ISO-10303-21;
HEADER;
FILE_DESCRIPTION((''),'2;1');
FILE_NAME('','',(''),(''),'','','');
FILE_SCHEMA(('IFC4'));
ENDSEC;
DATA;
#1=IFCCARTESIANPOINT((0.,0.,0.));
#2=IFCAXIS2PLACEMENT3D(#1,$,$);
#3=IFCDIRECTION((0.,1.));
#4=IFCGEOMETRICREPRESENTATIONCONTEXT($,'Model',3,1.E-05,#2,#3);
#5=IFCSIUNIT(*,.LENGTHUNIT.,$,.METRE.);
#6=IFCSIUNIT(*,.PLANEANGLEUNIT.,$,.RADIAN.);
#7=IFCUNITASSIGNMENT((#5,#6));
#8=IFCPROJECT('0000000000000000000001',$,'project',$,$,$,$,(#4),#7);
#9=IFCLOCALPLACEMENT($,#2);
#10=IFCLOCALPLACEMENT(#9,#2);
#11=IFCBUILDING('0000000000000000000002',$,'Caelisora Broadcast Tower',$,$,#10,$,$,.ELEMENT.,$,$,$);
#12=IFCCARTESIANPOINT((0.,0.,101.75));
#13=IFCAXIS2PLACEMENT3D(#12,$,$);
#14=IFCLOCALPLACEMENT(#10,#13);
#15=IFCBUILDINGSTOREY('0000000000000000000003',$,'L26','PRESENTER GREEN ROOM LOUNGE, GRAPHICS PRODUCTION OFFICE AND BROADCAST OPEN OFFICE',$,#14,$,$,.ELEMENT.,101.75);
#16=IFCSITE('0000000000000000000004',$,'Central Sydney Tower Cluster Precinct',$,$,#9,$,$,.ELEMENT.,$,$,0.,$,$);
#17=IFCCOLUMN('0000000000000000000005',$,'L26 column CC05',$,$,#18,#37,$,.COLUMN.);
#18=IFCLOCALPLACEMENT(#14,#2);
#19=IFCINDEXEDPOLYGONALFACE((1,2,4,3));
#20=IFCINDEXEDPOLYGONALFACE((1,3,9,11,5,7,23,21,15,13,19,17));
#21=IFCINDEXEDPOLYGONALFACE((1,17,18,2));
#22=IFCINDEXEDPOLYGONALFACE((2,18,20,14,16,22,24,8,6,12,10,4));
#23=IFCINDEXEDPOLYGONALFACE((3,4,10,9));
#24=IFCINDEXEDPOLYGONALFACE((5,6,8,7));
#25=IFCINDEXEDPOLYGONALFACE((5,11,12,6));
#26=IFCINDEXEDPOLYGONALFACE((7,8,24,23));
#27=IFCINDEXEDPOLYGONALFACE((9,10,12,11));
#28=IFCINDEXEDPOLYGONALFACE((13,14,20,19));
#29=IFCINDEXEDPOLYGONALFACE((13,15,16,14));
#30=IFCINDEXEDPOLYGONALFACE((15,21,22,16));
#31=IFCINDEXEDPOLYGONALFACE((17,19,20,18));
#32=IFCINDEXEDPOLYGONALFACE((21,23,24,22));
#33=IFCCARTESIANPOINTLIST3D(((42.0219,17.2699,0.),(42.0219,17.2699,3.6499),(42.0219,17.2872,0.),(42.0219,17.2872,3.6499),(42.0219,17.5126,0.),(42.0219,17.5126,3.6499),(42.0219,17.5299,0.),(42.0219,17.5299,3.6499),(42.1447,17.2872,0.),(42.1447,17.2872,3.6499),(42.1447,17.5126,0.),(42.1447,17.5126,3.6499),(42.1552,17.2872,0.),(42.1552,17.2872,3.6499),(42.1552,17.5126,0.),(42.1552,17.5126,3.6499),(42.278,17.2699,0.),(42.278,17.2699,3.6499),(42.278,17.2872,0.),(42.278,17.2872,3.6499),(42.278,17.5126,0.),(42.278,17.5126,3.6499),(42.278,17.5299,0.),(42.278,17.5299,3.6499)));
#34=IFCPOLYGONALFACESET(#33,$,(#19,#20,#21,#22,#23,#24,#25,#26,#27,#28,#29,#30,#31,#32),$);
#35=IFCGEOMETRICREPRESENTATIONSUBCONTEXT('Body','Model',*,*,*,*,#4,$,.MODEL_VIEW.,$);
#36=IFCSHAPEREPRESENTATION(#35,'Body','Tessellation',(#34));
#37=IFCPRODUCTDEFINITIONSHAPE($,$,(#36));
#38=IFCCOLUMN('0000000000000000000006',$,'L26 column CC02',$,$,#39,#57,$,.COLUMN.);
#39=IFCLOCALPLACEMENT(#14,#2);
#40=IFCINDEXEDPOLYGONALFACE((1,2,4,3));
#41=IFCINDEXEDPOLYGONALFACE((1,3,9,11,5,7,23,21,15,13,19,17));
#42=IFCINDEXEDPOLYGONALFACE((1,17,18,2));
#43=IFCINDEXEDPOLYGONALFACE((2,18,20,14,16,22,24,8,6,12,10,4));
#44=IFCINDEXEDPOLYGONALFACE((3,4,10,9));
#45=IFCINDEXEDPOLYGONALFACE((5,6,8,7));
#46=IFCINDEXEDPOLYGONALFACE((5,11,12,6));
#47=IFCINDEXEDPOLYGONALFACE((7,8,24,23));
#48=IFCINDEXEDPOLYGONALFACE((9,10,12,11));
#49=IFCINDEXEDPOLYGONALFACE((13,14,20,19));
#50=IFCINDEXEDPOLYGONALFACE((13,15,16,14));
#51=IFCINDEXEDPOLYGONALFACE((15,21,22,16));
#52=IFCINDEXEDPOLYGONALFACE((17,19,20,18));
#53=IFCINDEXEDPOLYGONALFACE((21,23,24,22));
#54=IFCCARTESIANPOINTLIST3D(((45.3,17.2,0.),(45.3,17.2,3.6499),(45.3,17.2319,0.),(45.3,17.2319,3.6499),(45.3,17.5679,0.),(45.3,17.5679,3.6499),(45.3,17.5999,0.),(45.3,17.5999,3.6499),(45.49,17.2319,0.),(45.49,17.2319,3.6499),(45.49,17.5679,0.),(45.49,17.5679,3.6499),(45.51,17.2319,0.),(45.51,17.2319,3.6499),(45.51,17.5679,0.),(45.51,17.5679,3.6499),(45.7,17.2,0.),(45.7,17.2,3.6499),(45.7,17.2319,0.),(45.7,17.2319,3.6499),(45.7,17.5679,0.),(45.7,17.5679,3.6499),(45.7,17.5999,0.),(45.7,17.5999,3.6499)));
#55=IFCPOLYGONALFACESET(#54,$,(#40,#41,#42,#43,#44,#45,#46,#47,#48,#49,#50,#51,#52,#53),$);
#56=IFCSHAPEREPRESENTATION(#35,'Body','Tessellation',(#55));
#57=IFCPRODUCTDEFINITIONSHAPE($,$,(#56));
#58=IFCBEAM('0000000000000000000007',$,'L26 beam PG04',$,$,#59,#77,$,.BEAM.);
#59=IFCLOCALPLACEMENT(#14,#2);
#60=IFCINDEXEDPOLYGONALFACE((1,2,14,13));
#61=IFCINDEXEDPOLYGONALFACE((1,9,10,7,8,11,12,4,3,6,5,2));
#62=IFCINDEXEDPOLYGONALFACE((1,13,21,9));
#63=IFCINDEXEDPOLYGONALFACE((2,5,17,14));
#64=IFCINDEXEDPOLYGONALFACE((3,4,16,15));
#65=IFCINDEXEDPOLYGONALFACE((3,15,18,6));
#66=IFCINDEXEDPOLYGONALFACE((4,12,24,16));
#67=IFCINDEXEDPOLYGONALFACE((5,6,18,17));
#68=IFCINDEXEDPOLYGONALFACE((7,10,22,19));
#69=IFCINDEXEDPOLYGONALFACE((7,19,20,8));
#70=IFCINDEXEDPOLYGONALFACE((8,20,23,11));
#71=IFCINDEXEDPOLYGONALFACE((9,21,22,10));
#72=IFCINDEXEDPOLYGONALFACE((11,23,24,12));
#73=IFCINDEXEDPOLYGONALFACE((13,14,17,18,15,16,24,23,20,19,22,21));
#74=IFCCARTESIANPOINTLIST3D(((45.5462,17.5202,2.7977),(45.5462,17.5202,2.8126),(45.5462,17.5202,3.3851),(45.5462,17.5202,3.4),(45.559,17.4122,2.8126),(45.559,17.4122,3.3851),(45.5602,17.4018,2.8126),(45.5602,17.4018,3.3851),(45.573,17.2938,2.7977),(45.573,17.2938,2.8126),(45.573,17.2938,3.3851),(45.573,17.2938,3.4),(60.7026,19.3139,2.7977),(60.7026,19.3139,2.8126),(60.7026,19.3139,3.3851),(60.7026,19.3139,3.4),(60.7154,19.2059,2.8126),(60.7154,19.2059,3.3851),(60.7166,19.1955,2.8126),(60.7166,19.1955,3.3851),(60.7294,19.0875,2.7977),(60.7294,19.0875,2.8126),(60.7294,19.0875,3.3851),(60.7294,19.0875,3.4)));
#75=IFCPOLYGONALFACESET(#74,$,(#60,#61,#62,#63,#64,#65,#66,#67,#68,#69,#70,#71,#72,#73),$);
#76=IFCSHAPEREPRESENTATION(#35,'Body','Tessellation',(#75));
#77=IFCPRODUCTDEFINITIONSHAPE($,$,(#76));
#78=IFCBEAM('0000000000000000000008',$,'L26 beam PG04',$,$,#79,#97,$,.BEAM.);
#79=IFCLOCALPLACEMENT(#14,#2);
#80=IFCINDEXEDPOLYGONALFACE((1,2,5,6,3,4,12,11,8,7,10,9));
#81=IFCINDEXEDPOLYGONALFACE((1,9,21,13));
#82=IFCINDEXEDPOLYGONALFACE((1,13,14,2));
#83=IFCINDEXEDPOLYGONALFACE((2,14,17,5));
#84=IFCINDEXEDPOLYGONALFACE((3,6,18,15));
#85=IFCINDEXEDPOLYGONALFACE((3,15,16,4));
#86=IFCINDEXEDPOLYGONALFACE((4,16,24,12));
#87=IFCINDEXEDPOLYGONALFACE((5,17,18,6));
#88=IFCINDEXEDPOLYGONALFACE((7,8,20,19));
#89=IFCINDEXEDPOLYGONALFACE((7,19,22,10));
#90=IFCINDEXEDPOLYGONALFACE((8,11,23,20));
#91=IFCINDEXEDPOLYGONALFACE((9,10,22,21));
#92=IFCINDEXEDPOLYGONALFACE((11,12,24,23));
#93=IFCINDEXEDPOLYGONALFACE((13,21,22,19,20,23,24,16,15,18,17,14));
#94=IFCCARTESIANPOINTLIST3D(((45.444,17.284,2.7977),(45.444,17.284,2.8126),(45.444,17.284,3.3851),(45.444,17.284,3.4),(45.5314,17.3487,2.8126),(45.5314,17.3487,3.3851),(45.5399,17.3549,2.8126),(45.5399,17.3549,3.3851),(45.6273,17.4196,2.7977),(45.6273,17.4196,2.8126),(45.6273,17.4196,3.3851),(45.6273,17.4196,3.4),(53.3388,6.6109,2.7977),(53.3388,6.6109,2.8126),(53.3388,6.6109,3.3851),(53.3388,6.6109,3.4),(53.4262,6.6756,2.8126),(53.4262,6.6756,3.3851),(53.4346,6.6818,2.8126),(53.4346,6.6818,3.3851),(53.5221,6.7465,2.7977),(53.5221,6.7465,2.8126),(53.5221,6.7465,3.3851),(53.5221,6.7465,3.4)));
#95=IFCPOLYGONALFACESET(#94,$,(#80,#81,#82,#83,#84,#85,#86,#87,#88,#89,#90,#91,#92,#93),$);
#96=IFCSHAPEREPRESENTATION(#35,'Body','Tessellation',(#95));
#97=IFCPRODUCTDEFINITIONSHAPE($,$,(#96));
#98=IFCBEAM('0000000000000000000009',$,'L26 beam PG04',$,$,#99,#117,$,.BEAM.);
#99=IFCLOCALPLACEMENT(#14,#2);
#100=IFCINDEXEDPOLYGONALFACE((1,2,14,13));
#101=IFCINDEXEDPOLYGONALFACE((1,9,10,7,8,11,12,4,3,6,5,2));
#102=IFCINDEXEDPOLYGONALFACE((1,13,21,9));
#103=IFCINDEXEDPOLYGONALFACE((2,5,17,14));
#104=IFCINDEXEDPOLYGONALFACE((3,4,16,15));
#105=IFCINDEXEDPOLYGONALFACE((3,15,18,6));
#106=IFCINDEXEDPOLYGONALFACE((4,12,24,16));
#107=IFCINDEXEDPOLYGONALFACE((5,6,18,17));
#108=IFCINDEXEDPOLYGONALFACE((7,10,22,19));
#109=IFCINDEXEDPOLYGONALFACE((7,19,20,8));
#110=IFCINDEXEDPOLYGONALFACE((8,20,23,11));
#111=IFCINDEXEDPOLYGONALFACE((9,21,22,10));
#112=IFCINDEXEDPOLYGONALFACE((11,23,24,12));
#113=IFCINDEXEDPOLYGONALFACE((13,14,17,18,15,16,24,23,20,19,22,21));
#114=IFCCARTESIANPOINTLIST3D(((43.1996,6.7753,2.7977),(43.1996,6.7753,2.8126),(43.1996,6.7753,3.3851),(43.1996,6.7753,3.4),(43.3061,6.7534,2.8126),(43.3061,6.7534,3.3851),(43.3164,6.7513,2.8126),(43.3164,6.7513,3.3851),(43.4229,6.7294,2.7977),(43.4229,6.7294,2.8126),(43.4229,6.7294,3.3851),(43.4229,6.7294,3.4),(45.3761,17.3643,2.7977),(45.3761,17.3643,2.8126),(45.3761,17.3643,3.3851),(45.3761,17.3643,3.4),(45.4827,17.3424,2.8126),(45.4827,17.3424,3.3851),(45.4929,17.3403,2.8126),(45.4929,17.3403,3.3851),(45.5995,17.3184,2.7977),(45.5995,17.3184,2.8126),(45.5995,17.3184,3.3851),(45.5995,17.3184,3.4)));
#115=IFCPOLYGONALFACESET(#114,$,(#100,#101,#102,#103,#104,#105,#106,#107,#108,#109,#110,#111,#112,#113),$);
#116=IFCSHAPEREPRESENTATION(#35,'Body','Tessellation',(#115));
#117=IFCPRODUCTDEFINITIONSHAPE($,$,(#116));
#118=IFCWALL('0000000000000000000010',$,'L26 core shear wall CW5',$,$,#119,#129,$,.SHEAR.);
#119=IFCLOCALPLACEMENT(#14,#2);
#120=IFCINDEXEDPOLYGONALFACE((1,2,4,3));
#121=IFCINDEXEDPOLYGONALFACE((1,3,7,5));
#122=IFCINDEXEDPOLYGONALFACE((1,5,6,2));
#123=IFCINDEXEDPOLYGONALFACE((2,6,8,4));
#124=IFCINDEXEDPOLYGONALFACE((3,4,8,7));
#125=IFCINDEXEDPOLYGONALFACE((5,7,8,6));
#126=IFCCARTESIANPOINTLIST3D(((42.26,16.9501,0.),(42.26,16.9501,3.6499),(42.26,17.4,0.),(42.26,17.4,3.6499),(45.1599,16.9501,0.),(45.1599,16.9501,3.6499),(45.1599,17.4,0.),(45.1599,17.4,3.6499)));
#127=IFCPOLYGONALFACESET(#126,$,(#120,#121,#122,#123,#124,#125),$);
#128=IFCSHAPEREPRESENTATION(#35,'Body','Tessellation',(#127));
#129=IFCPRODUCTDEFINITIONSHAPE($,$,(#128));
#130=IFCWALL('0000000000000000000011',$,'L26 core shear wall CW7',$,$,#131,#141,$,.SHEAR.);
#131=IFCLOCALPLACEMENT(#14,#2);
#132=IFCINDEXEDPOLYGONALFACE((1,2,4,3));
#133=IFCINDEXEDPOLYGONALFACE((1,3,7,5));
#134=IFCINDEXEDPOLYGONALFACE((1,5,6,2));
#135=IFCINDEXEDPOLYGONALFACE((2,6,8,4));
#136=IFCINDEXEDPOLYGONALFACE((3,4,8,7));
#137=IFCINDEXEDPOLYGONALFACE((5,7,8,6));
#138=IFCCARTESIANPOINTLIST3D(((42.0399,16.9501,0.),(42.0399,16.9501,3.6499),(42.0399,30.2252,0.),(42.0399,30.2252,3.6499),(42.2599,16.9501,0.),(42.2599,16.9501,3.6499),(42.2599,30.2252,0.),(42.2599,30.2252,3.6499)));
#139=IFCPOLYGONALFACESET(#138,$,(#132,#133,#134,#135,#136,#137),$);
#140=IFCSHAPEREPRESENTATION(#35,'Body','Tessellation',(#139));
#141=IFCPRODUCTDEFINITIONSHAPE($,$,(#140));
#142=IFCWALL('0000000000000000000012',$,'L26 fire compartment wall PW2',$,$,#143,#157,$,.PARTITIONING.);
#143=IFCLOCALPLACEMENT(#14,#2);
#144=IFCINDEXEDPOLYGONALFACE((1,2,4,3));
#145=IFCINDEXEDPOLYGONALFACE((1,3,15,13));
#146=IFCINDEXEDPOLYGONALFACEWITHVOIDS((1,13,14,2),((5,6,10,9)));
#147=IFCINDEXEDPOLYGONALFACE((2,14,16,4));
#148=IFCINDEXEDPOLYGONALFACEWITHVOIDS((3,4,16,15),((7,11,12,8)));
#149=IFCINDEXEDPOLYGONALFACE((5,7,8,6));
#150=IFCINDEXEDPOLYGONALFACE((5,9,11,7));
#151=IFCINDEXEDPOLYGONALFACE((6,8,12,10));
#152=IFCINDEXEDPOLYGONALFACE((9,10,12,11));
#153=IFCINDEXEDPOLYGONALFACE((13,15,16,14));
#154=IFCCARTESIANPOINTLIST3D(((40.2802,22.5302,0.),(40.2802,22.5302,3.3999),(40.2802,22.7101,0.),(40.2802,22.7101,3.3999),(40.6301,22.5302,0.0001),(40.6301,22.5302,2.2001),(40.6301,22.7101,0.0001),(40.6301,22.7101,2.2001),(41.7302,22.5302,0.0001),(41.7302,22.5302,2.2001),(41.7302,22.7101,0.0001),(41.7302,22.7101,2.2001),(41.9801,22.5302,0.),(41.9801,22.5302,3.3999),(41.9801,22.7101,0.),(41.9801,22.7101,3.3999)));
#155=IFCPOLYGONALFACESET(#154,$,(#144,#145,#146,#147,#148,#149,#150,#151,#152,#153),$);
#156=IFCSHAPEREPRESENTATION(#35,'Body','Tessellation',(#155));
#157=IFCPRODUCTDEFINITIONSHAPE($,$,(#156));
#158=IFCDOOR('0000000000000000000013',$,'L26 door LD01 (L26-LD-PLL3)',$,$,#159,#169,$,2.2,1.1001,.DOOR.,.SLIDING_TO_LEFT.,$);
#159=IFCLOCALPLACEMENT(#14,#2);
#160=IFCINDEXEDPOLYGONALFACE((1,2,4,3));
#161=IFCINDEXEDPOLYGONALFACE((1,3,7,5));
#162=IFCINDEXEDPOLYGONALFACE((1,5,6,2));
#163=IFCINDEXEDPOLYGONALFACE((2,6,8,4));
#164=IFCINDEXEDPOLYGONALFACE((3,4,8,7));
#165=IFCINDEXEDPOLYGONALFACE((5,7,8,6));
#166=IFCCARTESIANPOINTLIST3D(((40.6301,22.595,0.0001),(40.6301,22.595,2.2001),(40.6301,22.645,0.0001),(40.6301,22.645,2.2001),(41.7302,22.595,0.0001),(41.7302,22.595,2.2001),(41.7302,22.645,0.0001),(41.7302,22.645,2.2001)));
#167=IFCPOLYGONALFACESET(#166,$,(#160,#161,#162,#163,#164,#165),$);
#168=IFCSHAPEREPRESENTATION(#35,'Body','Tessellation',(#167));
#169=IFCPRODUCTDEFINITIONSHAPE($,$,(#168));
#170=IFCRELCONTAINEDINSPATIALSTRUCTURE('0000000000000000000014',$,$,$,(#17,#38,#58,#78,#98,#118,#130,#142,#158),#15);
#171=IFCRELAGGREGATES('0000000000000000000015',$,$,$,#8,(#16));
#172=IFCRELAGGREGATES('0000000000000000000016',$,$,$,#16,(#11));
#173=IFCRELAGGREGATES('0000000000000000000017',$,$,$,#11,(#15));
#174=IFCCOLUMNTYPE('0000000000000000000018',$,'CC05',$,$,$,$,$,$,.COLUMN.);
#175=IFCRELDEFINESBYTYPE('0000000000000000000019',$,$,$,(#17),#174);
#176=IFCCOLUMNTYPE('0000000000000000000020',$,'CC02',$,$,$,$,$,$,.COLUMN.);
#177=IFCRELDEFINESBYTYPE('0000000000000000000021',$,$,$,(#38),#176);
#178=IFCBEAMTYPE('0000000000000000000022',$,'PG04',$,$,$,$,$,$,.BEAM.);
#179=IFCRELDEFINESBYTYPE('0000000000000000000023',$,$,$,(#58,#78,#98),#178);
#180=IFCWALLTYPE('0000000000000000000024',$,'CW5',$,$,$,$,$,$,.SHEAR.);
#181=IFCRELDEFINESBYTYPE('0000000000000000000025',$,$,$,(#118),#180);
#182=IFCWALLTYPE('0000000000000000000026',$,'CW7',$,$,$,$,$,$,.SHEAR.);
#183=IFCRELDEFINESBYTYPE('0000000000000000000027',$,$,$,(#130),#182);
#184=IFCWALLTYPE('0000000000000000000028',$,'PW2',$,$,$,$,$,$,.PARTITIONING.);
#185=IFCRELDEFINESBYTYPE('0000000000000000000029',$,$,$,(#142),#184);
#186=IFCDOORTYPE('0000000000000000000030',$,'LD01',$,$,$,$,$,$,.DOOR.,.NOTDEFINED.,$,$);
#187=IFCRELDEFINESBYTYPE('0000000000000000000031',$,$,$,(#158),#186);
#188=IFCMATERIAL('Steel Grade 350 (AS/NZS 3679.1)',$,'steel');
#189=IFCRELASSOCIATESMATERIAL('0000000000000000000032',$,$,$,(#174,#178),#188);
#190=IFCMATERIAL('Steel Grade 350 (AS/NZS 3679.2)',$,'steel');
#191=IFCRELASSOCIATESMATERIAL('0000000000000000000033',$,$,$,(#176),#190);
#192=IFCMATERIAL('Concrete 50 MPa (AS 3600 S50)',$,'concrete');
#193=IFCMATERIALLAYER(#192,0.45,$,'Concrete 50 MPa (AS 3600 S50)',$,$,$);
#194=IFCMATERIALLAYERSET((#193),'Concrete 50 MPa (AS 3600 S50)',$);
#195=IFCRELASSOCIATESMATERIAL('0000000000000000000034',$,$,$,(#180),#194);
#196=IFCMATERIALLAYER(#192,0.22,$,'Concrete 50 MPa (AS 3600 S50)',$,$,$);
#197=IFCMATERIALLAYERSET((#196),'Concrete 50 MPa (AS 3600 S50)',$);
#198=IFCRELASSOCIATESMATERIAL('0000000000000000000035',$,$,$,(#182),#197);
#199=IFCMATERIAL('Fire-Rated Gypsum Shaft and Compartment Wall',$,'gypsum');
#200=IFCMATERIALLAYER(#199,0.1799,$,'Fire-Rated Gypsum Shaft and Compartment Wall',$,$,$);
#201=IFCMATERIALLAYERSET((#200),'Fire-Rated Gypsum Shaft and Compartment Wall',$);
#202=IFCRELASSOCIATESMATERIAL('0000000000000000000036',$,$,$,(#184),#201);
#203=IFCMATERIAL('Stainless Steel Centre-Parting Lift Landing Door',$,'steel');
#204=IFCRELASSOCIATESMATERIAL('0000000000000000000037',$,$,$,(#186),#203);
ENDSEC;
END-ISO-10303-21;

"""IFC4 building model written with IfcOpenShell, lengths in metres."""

from ifc_helpers import new_model, si_unit, direction, frame, frame_2d, origin, origin_2d, place, context, subcontext, project, spatial, rectangle, i_section, extrude, source, transform, mapped, material, layer, layer_set, material_profile, profile_set, type_object, type_shapes, element, fill, save


model = new_model("IFC4")

# Units and contexts
model_context = context("Model", 3, precision=1e-05, world=origin(), true_north=direction((0.0, 1.0)))
body_context = subcontext(model_context, "Body", "Model", "MODEL_VIEW")
ifc_project = project(units=[si_unit("LENGTHUNIT", "METRE"), si_unit("PLANEANGLEUNIT", "RADIAN")], contexts=[model_context])

# Site, building, storey
site_placement = place(None, origin())
site = spatial("IfcSite", under=ifc_project, at=site_placement, Name="Central Sydney Tower Cluster Precinct", CompositionType="ELEMENT", RefElevation=0.0)
building_placement = place(site_placement, origin())
building = spatial("IfcBuilding", under=site, at=building_placement, Name="Caelisora Broadcast Tower", CompositionType="ELEMENT")
storey_placement = place(building_placement, frame((0.0, 0.0, 101.75)))
storey = spatial("IfcBuildingStorey", under=building, at=storey_placement, Name="L26", Description="PRESENTER GREEN ROOM LOUNGE, GRAPHICS PRODUCTION OFFICE AND BROADCAST OPEN OFFICE", CompositionType="ELEMENT", Elevation=101.75)

# Columns
ifc_material_1 = material(Name="Steel Grade 350 (AS/NZS 3679.1)", Category="steel")
ifc_material_profile_1 = material_profile(ifc_material_1, i_section(OverallWidth=0.2561, OverallDepth=0.26, WebThickness=0.0105, FlangeThickness=0.0173, at=origin_2d()), Name="Steel Grade 350 (AS/NZS 3679.1)")
ifc_profile_set_1 = profile_set([ifc_material_profile_1], Name="Steel Grade 350 (AS/NZS 3679.1)")
column_type_1 = type_object("IfcColumnType", Name="CC05", PredefinedType="COLUMN", material=ifc_profile_set_1)
shared_shape_1 = source(origin(), body_context, "Body", "SweptSolid", [
    extrude(i_section(OverallWidth=0.2561, OverallDepth=0.26, WebThickness=0.0105, FlangeThickness=0.0173, at=origin_2d()), origin(), (0.0, 0.0, 1.0), 3.6499),
])
type_shapes(column_type_1, [shared_shape_1])
column_1_placement = place(storey_placement, frame((42.1499, 17.3999, 0.0), z_axis=(0.0, 0.0, 1.0), x_axis=(1.0, 0.0, 0.0)))
element("IfcColumn", 1, at=column_1_placement, inside=storey, type_object=column_type_1, Name="L26 column CC05", PredefinedType="COLUMN", context=body_context, shape_type="MappedRepresentation", body=[
    mapped(shared_shape_1, transform((0.0, 0.0, 0.0), scale=1.0)),
])
ifc_material_2 = material(Name="Steel Grade 350 (AS/NZS 3679.2)", Category="steel")
ifc_material_profile_2 = material_profile(ifc_material_2, i_section(OverallWidth=0.3999, OverallDepth=0.3999, WebThickness=0.02, FlangeThickness=0.032, at=origin_2d()), Name="Steel Grade 350 (AS/NZS 3679.2)")
ifc_profile_set_2 = profile_set([ifc_material_profile_2], Name="Steel Grade 350 (AS/NZS 3679.2)")
column_type_2 = type_object("IfcColumnType", Name="CC02", PredefinedType="COLUMN", material=ifc_profile_set_2)
shared_shape_2 = source(origin(), body_context, "Body", "SweptSolid", [
    extrude(i_section(OverallWidth=0.3999, OverallDepth=0.3999, WebThickness=0.02, FlangeThickness=0.032, at=origin_2d()), origin(), (0.0, 0.0, 1.0), 3.6499),
])
type_shapes(column_type_2, [shared_shape_2])
column_2_placement = place(storey_placement, frame((45.5, 17.3999, 0.0), z_axis=(0.0, 0.0, 1.0), x_axis=(1.0, 0.0, 0.0)))
element("IfcColumn", 2, at=column_2_placement, inside=storey, type_object=column_type_2, Name="L26 column CC02", PredefinedType="COLUMN", context=body_context, shape_type="MappedRepresentation", body=[
    mapped(shared_shape_2, transform((0.0, 0.0, 0.0), scale=1.0)),
])

# Beams
ifc_material_profile_3 = material_profile(ifc_material_1, i_section(OverallWidth=0.228, OverallDepth=0.6023, WebThickness=0.0105, FlangeThickness=0.0149, at=origin_2d()), Name="Steel Grade 350 (AS/NZS 3679.1)")
ifc_profile_set_3 = profile_set([ifc_material_profile_3], Name="Steel Grade 350 (AS/NZS 3679.1)")
beam_type = type_object("IfcBeamType", Name="PG04", PredefinedType="BEAM", material=ifc_profile_set_3)
shared_shape_3 = source(origin(), body_context, "Body", "SweptSolid", [
    extrude(i_section(OverallWidth=0.228, OverallDepth=0.6023, WebThickness=0.0105, FlangeThickness=0.0149, at=origin_2d()), origin(), (0.0, 0.0, 1.0), 15.2622),
])
beam_1_placement = place(storey_placement, frame((45.5596, 17.407, 3.0989), z_axis=(0.99307, 0.117525, 0.0), x_axis=(-0.117525, 0.99307, 0.0)))
element("IfcBeam", 3, at=beam_1_placement, inside=storey, type_object=beam_type, Name="L26 beam PG04", PredefinedType="BEAM", context=body_context, shape_type="MappedRepresentation", body=[
    mapped(shared_shape_3, transform((0.0, 0.0, 0.0), scale=1.0)),
])
shared_shape_4 = source(origin(), body_context, "Body", "SweptSolid", [
    extrude(i_section(OverallWidth=0.228, OverallDepth=0.6023, WebThickness=0.0105, FlangeThickness=0.0149, at=origin_2d()), origin(), (0.0, 0.0, 1.0), 13.2756),
])
beam_2_placement = place(storey_placement, frame((45.5356, 17.3518, 3.0989), z_axis=(0.594682, -0.803961, 0.0), x_axis=(0.803961, 0.594682, 0.0)))
element("IfcBeam", 4, at=beam_2_placement, inside=storey, type_object=beam_type, Name="L26 beam PG04", PredefinedType="BEAM", context=body_context, shape_type="MappedRepresentation", body=[
    mapped(shared_shape_4, transform((0.0, 0.0, 0.0), scale=1.0)),
])
shared_shape_5 = source(origin(), body_context, "Body", "SweptSolid", [
    extrude(i_section(OverallWidth=0.228, OverallDepth=0.6023, WebThickness=0.0105, FlangeThickness=0.0149, at=origin_2d()), origin(), (0.0, 0.0, 1.0), 10.8103),
])
type_shapes(beam_type, [shared_shape_3, shared_shape_4, shared_shape_5])
beam_3_placement = place(storey_placement, frame((45.4878, 17.3413, 3.0989), z_axis=(-0.201338, -0.979522, 0.0), x_axis=(0.979522, -0.201338, 0.0)))
element("IfcBeam", 5, at=beam_3_placement, inside=storey, type_object=beam_type, Name="L26 beam PG04", PredefinedType="BEAM", context=body_context, shape_type="MappedRepresentation", body=[
    mapped(shared_shape_5, transform((0.0, 0.0, 0.0), scale=1.0)),
])

# Shared definitions
ifc_material_3 = material(Name="Concrete 50 MPa (AS 3600 S50)", Category="concrete")

# Walls
ifc_layer_1 = layer(ifc_material_3, 0.45, Name="Concrete 50 MPa (AS 3600 S50)")
ifc_layer_set_1 = layer_set([ifc_layer_1], Name="Concrete 50 MPa (AS 3600 S50)")
wall_type_1 = type_object("IfcWallType", Name="CW5", PredefinedType="SHEAR", material=ifc_layer_set_1)
wall_1_placement = place(storey_placement, frame((42.26, 17.175, 0.0), z_axis=(0.0, 0.0, 1.0), x_axis=(1.0, 0.0, 0.0)))
element("IfcWall", 6, at=wall_1_placement, inside=storey, type_object=wall_type_1, Name="L26 core shear wall CW5", PredefinedType="SHEAR", context=body_context, shape_type="SweptSolid", body=[
    extrude(rectangle(XDim=2.8999, YDim=0.45, at=frame_2d((1.45, 0.0))), origin(), (0.0, 0.0, 1.0), 3.6499),
])
ifc_layer_2 = layer(ifc_material_3, 0.22, Name="Concrete 50 MPa (AS 3600 S50)")
ifc_layer_set_2 = layer_set([ifc_layer_2], Name="Concrete 50 MPa (AS 3600 S50)")
wall_type_2 = type_object("IfcWallType", Name="CW7", PredefinedType="SHEAR", material=ifc_layer_set_2)
wall_2_placement = place(storey_placement, frame((42.1499, 16.95, 0.0), z_axis=(0.0, 0.0, 1.0), x_axis=(0.0, 1.0, 0.0)))
element("IfcWall", 7, at=wall_2_placement, inside=storey, type_object=wall_type_2, Name="L26 core shear wall CW7", PredefinedType="SHEAR", context=body_context, shape_type="SweptSolid", body=[
    extrude(rectangle(XDim=13.2751, YDim=0.22, at=frame_2d((6.6377, 0.0))), origin(), (0.0, 0.0, 1.0), 3.6499),
])

# Wall, opening, door
ifc_material_4 = material(Name="Fire-Rated Gypsum Shaft and Compartment Wall", Category="gypsum")
ifc_layer_3 = layer(ifc_material_4, 0.1799, Name="Fire-Rated Gypsum Shaft and Compartment Wall")
ifc_layer_set_3 = layer_set([ifc_layer_3], Name="Fire-Rated Gypsum Shaft and Compartment Wall")
wall_type_3 = type_object("IfcWallType", Name="PW2", PredefinedType="PARTITIONING", material=ifc_layer_set_3)
wall_3_placement = place(storey_placement, frame((40.28, 22.6201, 0.0), z_axis=(0.0, 0.0, 1.0), x_axis=(1.0, 0.0, 0.0)))
wall_3 = element("IfcWall", 8, at=wall_3_placement, inside=storey, type_object=wall_type_3, Name="L26 fire compartment wall PW2", PredefinedType="PARTITIONING", context=body_context, shape_type="SweptSolid", body=[
    extrude(rectangle(XDim=1.7, YDim=0.1799, at=frame_2d((0.8501, 0.0))), origin(), (0.0, 0.0, 1.0), 3.3999),
])
opening_1_placement = place(wall_3_placement, frame((0.3501, 0.0, 0.0)))
opening_1 = element("IfcOpeningElement", 9, at=opening_1_placement, cuts=wall_3, PredefinedType="OPENING", context=body_context, shape_type="SweptSolid", body=[
    extrude(rectangle(XDim=1.1001, YDim=2.2, at=frame_2d((0.55, 1.1001))), frame((0.0, 0.1021, 0.0), z_axis=(0.0, -1.0, 0.0), x_axis=(1.0, 0.0, 0.0)), (0.0, 0.0, 1.0), 0.2039),
])
ifc_material_5 = material(Name="Stainless Steel Centre-Parting Lift Landing Door", Category="steel")
door_type_1 = type_object("IfcDoorType", Name="LD01", OperationType="NOTDEFINED", PredefinedType="DOOR", material=ifc_material_5)
door_1_placement = place(opening_1_placement, origin())
door_1 = element("IfcDoor", 10, at=door_1_placement, inside=storey, type_object=door_type_1, Name="L26 door LD01 (L26-LD-PLL3)", OperationType="SLIDING_TO_LEFT", OverallHeight=2.2, OverallWidth=1.1001, PredefinedType="DOOR", context=body_context, shape_type="SweptSolid", body=[
    extrude(rectangle(XDim=1.1001, YDim=2.2, at=frame_2d((0.55, 1.1001))), frame((0.0, 0.0249, 0.0), z_axis=(0.0, -1.0, 0.0), x_axis=(1.0, 0.0, 0.0)), (0.0, 0.0, 1.0), 0.05),
])
fill(opening_1, door_1)

save(model, "model.ifc")
